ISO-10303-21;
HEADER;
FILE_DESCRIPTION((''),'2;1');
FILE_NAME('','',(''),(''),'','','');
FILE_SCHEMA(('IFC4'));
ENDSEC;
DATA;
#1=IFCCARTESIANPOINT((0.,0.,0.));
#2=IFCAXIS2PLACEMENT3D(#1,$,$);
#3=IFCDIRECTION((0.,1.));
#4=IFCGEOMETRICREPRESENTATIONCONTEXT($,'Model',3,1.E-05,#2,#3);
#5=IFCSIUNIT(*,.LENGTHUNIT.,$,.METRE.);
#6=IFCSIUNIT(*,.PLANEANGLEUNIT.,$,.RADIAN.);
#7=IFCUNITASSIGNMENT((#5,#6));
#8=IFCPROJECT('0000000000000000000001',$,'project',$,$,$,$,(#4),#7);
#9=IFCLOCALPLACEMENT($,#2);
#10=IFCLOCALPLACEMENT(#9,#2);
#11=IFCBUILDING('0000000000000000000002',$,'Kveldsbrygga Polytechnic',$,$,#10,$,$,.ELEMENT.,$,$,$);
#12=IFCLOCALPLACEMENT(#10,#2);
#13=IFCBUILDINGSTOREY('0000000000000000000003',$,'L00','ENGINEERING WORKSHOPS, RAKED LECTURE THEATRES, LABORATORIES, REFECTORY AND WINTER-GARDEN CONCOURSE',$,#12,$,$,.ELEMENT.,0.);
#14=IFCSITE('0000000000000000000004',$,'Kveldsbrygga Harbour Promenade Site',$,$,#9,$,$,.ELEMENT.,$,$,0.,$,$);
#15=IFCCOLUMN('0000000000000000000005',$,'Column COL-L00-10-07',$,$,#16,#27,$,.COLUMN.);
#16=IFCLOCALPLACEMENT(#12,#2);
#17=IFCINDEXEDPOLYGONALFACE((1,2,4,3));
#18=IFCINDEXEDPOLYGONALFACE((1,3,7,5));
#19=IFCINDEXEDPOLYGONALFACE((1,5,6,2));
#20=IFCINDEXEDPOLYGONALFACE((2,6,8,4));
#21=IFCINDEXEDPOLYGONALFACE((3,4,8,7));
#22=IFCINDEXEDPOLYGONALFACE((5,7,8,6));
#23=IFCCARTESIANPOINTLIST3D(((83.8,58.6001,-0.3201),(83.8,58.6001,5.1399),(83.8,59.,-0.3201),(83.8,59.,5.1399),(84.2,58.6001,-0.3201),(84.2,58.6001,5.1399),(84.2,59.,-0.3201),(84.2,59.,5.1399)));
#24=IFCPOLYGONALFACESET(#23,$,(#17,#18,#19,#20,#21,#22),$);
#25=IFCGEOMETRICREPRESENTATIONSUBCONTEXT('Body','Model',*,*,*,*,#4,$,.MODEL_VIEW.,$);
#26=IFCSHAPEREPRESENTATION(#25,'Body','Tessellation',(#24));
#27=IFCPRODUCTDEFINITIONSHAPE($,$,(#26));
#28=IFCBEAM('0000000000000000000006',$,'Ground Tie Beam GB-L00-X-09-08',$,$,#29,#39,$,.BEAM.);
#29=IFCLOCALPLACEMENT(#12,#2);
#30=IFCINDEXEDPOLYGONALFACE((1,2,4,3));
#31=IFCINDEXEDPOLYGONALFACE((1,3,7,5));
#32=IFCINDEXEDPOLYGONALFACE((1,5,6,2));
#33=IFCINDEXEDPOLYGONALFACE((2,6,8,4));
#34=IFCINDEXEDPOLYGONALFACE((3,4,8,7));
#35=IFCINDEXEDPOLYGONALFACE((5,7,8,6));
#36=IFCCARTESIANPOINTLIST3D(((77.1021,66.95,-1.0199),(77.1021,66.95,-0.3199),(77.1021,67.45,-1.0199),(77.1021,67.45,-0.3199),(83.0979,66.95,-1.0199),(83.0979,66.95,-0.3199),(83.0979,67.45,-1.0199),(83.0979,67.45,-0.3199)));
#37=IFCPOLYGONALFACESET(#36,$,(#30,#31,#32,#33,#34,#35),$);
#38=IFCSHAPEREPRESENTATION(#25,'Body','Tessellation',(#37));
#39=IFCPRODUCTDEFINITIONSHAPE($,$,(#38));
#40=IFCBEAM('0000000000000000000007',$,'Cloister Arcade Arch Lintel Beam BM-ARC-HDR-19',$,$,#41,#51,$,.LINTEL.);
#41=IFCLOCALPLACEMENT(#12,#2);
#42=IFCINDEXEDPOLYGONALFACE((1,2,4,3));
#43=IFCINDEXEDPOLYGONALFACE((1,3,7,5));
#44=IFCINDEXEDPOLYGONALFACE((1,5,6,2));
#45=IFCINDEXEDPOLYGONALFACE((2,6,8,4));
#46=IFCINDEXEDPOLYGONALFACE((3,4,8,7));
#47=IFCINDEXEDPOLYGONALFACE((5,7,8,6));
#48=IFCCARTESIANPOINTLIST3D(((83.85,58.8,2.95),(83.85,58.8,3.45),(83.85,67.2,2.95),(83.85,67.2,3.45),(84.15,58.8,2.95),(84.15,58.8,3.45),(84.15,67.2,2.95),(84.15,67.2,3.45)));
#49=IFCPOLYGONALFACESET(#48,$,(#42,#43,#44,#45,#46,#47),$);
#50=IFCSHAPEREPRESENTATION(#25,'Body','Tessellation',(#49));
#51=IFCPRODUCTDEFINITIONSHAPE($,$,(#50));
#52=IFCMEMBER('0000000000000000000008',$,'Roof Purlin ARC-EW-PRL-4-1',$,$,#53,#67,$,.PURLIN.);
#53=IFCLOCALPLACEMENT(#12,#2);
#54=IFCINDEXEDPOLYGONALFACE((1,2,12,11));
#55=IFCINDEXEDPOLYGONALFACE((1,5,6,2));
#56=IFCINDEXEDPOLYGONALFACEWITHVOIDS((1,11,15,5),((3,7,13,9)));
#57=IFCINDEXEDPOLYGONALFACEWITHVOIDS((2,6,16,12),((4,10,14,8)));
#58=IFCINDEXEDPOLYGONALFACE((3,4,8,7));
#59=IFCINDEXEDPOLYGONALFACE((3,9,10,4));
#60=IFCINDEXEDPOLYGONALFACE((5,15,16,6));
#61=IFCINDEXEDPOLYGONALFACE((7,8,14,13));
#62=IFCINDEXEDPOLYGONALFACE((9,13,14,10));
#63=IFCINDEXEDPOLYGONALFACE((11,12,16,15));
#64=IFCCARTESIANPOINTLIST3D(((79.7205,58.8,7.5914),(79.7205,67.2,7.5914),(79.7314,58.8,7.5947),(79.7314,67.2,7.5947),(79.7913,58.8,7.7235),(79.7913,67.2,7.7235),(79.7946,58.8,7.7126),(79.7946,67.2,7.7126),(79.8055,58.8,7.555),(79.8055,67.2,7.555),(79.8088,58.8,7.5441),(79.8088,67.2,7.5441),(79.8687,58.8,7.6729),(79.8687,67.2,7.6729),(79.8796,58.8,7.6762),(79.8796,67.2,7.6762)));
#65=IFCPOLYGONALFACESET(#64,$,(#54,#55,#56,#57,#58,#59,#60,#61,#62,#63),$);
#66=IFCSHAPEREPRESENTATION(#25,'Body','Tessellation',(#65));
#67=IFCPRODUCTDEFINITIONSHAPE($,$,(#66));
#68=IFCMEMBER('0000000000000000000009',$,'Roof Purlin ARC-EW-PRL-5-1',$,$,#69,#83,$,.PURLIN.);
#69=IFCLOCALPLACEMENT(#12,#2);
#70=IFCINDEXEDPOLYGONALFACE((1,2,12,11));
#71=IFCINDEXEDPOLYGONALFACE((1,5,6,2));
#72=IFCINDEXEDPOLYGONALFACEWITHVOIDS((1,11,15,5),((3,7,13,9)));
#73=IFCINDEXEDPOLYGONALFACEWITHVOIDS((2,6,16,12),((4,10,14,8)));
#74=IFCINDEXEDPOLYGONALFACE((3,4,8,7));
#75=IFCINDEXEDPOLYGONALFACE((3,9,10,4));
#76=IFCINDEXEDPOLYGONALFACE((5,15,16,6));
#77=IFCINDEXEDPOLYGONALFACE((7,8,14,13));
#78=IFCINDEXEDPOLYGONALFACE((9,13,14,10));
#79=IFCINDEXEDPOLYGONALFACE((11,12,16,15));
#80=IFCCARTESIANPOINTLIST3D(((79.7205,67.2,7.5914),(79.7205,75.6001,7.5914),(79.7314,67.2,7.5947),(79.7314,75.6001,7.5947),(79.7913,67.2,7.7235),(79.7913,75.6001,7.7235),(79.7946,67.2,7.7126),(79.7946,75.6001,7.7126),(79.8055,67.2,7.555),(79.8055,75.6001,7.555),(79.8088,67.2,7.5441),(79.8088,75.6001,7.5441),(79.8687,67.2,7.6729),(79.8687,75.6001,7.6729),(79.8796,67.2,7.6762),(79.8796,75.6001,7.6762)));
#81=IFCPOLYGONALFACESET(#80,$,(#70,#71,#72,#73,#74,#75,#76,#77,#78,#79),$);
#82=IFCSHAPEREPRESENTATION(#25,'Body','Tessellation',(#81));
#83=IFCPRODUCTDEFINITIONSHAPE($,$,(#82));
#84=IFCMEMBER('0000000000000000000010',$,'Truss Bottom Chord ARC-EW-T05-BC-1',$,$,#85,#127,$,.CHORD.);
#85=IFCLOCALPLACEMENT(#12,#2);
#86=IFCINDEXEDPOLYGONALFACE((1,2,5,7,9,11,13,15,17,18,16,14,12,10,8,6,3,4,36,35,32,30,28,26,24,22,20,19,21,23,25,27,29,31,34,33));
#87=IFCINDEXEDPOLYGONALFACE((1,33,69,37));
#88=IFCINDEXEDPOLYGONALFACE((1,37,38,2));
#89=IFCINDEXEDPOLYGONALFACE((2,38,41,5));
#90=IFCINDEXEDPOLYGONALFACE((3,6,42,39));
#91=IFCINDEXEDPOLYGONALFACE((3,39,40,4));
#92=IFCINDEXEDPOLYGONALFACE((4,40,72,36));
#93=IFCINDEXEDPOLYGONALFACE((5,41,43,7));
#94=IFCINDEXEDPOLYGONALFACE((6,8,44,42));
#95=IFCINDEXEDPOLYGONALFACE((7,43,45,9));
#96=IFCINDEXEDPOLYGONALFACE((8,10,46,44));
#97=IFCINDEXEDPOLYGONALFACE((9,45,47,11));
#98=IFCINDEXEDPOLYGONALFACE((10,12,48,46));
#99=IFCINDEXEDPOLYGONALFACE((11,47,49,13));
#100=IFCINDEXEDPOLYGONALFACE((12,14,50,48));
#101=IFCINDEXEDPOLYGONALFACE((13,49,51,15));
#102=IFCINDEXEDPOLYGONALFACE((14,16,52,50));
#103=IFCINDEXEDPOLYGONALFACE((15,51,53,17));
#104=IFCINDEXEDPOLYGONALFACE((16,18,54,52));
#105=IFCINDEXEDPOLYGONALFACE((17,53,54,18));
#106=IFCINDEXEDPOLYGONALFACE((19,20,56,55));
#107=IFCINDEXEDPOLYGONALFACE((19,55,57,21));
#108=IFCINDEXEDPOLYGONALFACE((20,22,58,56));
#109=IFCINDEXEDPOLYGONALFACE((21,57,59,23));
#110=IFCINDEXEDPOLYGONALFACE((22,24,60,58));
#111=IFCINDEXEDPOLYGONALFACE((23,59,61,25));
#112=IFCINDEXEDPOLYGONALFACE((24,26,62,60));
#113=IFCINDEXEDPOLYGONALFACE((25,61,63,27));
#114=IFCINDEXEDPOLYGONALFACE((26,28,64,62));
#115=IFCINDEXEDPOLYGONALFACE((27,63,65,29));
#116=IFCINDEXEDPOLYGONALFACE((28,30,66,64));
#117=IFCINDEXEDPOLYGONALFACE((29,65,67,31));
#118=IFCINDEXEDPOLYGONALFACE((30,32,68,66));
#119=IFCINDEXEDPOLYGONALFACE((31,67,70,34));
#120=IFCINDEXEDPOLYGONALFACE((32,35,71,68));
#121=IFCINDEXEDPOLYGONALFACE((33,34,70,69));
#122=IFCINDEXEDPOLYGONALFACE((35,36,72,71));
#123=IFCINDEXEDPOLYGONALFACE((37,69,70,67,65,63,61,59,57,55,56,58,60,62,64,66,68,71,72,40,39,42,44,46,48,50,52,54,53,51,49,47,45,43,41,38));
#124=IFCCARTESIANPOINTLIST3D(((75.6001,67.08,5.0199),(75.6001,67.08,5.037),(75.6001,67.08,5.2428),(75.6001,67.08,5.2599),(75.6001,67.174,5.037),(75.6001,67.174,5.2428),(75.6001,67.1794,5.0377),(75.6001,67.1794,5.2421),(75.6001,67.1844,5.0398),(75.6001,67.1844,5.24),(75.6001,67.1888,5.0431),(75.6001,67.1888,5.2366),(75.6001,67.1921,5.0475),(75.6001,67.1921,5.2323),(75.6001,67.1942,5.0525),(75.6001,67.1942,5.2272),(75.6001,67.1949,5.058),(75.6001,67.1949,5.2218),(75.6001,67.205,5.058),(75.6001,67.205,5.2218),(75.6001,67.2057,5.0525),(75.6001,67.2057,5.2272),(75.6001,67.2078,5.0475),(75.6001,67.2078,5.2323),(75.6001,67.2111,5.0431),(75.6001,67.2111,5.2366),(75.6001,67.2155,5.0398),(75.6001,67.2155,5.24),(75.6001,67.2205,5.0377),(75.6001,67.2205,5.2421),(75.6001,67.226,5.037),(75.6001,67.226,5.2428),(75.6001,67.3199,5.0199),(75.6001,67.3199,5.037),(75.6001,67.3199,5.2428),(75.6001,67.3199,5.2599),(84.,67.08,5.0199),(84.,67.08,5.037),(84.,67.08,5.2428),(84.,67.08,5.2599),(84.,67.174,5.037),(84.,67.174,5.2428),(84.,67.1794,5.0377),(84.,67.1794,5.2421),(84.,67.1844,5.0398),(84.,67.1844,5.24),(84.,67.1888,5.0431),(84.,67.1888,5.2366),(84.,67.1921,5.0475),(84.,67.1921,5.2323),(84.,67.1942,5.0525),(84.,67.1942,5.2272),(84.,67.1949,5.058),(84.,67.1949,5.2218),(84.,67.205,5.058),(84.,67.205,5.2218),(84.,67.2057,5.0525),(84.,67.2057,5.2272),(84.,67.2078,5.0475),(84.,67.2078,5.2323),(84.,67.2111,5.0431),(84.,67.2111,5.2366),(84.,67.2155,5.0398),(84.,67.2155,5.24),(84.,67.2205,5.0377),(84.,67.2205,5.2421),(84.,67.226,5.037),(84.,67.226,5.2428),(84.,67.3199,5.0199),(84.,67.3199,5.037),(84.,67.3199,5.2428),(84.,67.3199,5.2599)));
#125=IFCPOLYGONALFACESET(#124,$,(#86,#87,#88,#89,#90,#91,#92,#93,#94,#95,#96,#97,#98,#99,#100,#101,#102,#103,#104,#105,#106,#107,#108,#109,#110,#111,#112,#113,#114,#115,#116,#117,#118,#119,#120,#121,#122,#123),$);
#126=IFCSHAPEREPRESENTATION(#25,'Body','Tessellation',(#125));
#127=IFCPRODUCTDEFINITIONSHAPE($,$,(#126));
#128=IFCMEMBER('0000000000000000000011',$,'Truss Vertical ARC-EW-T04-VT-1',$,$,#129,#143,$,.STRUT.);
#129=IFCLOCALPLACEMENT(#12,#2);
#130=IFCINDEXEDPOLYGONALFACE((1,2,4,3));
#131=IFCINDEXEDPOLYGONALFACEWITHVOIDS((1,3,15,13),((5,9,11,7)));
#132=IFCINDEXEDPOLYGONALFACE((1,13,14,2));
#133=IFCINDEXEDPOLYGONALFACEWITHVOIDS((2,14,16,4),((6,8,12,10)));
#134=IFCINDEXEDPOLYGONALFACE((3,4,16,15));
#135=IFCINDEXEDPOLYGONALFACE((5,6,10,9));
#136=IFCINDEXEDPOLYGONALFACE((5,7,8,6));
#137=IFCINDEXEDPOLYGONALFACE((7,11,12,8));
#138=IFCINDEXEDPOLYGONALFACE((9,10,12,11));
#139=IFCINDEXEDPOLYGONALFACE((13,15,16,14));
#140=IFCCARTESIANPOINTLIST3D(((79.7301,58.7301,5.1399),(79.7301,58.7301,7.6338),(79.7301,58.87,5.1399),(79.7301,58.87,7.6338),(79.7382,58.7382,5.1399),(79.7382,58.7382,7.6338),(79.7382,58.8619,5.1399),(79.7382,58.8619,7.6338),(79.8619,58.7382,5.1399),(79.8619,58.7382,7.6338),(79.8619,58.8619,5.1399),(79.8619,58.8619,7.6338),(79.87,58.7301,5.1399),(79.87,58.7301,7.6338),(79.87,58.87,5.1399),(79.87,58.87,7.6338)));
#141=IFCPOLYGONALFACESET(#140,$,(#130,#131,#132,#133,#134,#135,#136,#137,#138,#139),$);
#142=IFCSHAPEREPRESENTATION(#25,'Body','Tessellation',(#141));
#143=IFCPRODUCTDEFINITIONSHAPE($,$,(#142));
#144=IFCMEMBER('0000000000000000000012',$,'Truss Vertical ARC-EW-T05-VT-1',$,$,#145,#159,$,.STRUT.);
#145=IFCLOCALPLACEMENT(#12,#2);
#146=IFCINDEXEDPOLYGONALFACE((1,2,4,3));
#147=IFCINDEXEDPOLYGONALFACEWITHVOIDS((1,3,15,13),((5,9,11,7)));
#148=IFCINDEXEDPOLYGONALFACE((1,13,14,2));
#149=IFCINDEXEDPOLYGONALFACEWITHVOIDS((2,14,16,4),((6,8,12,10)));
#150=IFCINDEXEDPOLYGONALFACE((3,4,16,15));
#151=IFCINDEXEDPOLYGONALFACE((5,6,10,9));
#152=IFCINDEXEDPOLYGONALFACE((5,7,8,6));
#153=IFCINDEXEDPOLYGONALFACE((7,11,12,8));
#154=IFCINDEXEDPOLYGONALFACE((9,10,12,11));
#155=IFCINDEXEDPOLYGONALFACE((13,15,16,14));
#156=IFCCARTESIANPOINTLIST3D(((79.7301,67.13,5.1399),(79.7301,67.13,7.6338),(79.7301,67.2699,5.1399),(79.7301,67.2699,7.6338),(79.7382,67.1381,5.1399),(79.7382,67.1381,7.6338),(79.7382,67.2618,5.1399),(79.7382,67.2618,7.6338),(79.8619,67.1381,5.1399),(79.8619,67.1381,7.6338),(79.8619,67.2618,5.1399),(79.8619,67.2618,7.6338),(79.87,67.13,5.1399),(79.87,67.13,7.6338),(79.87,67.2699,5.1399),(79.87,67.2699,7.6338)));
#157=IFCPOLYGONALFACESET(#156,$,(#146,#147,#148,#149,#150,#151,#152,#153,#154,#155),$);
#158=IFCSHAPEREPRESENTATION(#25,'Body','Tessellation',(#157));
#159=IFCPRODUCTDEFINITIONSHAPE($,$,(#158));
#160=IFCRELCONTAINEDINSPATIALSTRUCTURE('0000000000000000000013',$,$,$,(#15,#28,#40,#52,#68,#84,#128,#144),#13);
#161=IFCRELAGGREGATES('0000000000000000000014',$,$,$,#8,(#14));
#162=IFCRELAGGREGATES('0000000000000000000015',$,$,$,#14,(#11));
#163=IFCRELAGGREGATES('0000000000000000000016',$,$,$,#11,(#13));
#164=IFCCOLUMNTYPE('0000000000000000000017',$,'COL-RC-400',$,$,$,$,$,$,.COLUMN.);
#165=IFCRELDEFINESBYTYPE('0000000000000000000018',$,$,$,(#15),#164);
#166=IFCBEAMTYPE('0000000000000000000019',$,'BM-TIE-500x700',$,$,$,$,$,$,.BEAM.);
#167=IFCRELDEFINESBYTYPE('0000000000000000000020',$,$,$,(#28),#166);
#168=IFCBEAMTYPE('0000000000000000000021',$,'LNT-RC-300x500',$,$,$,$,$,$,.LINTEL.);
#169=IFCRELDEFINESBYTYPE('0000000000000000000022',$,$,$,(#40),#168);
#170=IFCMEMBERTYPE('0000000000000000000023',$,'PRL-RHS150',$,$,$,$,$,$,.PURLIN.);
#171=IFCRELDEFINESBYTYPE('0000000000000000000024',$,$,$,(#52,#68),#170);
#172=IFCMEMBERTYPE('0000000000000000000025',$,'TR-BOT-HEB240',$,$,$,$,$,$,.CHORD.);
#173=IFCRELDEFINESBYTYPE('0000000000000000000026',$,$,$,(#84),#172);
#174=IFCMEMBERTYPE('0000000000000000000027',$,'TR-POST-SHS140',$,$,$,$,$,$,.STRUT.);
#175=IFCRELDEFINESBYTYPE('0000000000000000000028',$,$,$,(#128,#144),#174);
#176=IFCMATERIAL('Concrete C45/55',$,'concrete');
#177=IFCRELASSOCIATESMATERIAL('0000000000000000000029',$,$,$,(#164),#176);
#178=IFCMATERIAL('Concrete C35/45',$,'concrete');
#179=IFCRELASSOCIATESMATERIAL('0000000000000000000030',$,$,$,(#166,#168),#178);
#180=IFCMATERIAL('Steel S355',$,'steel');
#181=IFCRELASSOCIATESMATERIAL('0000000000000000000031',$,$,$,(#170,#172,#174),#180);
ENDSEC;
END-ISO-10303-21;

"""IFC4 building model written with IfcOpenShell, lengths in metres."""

from ifc_helpers import new_model, si_unit, direction, frame, origin, origin_2d, place, context, subcontext, project, spatial, rectangle, hollow_rectangle, i_section, extrude, material, material_profile, profile_set, type_object, element, save


model = new_model("IFC4")

# Units and contexts
model_context = context("Model", 3, precision=1e-05, world=origin(), true_north=direction((0.0, 1.0)))
body_context = subcontext(model_context, "Body", "Model", "MODEL_VIEW")
ifc_project = project(units=[si_unit("LENGTHUNIT", "METRE"), si_unit("PLANEANGLEUNIT", "RADIAN")], contexts=[model_context])

# Site, building, storey
site_placement = place(None, origin())
site = spatial("IfcSite", under=ifc_project, at=site_placement, Name="Kveldsbrygga Harbour Promenade Site", CompositionType="ELEMENT", RefElevation=0.0)
building_placement = place(site_placement, origin())
building = spatial("IfcBuilding", under=site, at=building_placement, Name="Kveldsbrygga Polytechnic", CompositionType="ELEMENT")
storey_placement = place(building_placement, origin())
storey = spatial("IfcBuildingStorey", under=building, at=storey_placement, Name="L00", Description="ENGINEERING WORKSHOPS, RAKED LECTURE THEATRES, LABORATORIES, REFECTORY AND WINTER-GARDEN CONCOURSE", CompositionType="ELEMENT", Elevation=0.0)

# Shared definitions
ifc_material_1 = material(Name="Concrete C35/45", Category="concrete")

# Shared definitions
ifc_material_2 = material(Name="Concrete C45/55", Category="concrete")

# Column
ifc_material_profile_1 = material_profile(ifc_material_2, rectangle(XDim=0.3999, YDim=0.3999, at=origin_2d()), Name="RC 400x400")
ifc_profile_set_1 = profile_set([ifc_material_profile_1], Name="Concrete C45/55")
column_type_1 = type_object("IfcColumnType", Name="COL-RC-400", PredefinedType="COLUMN", material=ifc_profile_set_1)
column_placement = place(storey_placement, frame((84.0, 58.8, -0.3201), z_axis=(0.0, 0.0, 1.0), x_axis=(1.0, 0.0, 0.0)))
element("IfcColumn", 1, at=column_placement, inside=storey, type_object=column_type_1, Name="Column COL-L00-10-07", PredefinedType="COLUMN", context=body_context, shape_type="SweptSolid", body=[
    extrude(rectangle(XDim=0.3999, YDim=0.3999, at=origin_2d()), origin(), (0.0, 0.0, 1.0), 5.46),
])

# Beams
ifc_material_profile_2 = material_profile(ifc_material_1, rectangle(XDim=0.5, YDim=0.7, at=origin_2d()), Name="RC 500x700")
ifc_profile_set_2 = profile_set([ifc_material_profile_2], Name="Concrete C35/45")
beam_type_1 = type_object("IfcBeamType", Name="BM-TIE-500x700", PredefinedType="BEAM", material=ifc_profile_set_2)
beam_1_placement = place(storey_placement, frame((77.1021, 67.2, -0.6699), z_axis=(1.0, 0.0, 0.0), x_axis=(0.0, 1.0, 0.0)))
element("IfcBeam", 2, at=beam_1_placement, inside=storey, type_object=beam_type_1, Name="Ground Tie Beam GB-L00-X-09-08", PredefinedType="BEAM", context=body_context, shape_type="SweptSolid", body=[
    extrude(rectangle(XDim=0.5, YDim=0.7, at=origin_2d()), origin(), (0.0, 0.0, 1.0), 5.9958),
])
ifc_material_profile_3 = material_profile(ifc_material_1, rectangle(XDim=0.3, YDim=0.5, at=origin_2d()), Name="RC 300x500")
ifc_profile_set_3 = profile_set([ifc_material_profile_3], Name="Concrete C35/45")
beam_type_2 = type_object("IfcBeamType", Name="LNT-RC-300x500", PredefinedType="LINTEL", material=ifc_profile_set_3)
beam_2_placement = place(storey_placement, frame((84.0, 58.8, 3.2), z_axis=(0.0, 1.0, 0.0), x_axis=(-1.0, 0.0, 0.0)))
element("IfcBeam", 3, at=beam_2_placement, inside=storey, type_object=beam_type_2, Name="Cloister Arcade Arch Lintel Beam BM-ARC-HDR-19", PredefinedType="LINTEL", context=body_context, shape_type="SweptSolid", body=[
    extrude(rectangle(XDim=0.3, YDim=0.5, at=origin_2d()), origin(), (0.0, 0.0, 1.0), 8.3999),
])

# Members
ifc_material_3 = material(Name="Steel S355", Category="steel")
ifc_material_profile_4 = material_profile(ifc_material_3, hollow_rectangle(XDim=0.1001, YDim=0.1499, WallThickness=0.0081, at=origin_2d()), Name="RHS 150x100x8.0")
ifc_profile_set_4 = profile_set([ifc_material_profile_4], Name="Steel S355")
member_type_1 = type_object("IfcMemberType", Name="PRL-RHS150", PredefinedType="PURLIN", material=ifc_profile_set_4)
member_1_placement = place(storey_placement, frame((79.8, 58.8, 7.6338), z_axis=(0.0, 1.0, 0.0), x_axis=(-0.88148, 0.0, 0.472222)))
element("IfcMember", 4, at=member_1_placement, inside=storey, type_object=member_type_1, Name="Roof Purlin ARC-EW-PRL-4-1", PredefinedType="PURLIN", context=body_context, shape_type="SweptSolid", body=[
    extrude(hollow_rectangle(XDim=0.1001, YDim=0.1499, WallThickness=0.0081, at=origin_2d()), origin(), (0.0, 0.0, 1.0), 8.3999),
])
member_2_placement = place(storey_placement, frame((79.8, 67.2, 7.6338), z_axis=(0.0, 1.0, 0.0), x_axis=(-0.88148, 0.0, 0.472222)))
element("IfcMember", 5, at=member_2_placement, inside=storey, type_object=member_type_1, Name="Roof Purlin ARC-EW-PRL-5-1", PredefinedType="PURLIN", context=body_context, shape_type="SweptSolid", body=[
    extrude(hollow_rectangle(XDim=0.1001, YDim=0.1499, WallThickness=0.0081, at=origin_2d()), origin(), (0.0, 0.0, 1.0), 8.4001),
])
ifc_material_profile_5 = material_profile(ifc_material_3, i_section(OverallWidth=0.24, OverallDepth=0.24, WebThickness=0.01, FlangeThickness=0.0171, FilletRadius=0.021, at=origin_2d()), Name="HEB 240")
ifc_profile_set_5 = profile_set([ifc_material_profile_5], Name="Steel S355")
member_type_2 = type_object("IfcMemberType", Name="TR-BOT-HEB240", PredefinedType="CHORD", material=ifc_profile_set_5)
member_3_placement = place(storey_placement, frame((75.6001, 67.2, 5.1399), z_axis=(1.0, 0.0, 0.0), x_axis=(0.0, 1.0, 0.0)))
element("IfcMember", 6, at=member_3_placement, inside=storey, type_object=member_type_2, Name="Truss Bottom Chord ARC-EW-T05-BC-1", PredefinedType="CHORD", context=body_context, shape_type="SweptSolid", body=[
    extrude(i_section(OverallWidth=0.24, OverallDepth=0.24, WebThickness=0.01, FlangeThickness=0.0171, FilletRadius=0.021, at=origin_2d()), origin(), (0.0, 0.0, 1.0), 8.3999),
])
ifc_material_profile_6 = material_profile(ifc_material_3, hollow_rectangle(XDim=0.1399, YDim=0.1399, WallThickness=0.0081, at=origin_2d()), Name="SHS 140x140x8.0")
ifc_profile_set_6 = profile_set([ifc_material_profile_6], Name="Steel S355")
member_type_3 = type_object("IfcMemberType", Name="TR-POST-SHS140", PredefinedType="STRUT", material=ifc_profile_set_6)
for number, where, z_axis, x_axis, name in (
    (7, (79.8, 58.8, 5.1399), (0.0, 0.0, 1.0), (1.0, 0.0, 0.0), "Truss Vertical ARC-EW-T04-VT-1"),
    (8, (79.8, 67.2, 5.1399), (0.0, 0.0, 1.0), (1.0, 0.0, 0.0), "Truss Vertical ARC-EW-T05-VT-1"),
):
    element("IfcMember", number, at=place(storey_placement, frame(where, z_axis=z_axis, x_axis=x_axis)), inside=storey, type_object=member_type_3, Name=name, PredefinedType="STRUT", context=body_context, shape_type="SweptSolid", body=[
        extrude(hollow_rectangle(XDim=0.1399, YDim=0.1399, WallThickness=0.0081, at=origin_2d()), origin(), (0.0, 0.0, 1.0), 2.4939),
    ])

save(model, "model.ifc")
